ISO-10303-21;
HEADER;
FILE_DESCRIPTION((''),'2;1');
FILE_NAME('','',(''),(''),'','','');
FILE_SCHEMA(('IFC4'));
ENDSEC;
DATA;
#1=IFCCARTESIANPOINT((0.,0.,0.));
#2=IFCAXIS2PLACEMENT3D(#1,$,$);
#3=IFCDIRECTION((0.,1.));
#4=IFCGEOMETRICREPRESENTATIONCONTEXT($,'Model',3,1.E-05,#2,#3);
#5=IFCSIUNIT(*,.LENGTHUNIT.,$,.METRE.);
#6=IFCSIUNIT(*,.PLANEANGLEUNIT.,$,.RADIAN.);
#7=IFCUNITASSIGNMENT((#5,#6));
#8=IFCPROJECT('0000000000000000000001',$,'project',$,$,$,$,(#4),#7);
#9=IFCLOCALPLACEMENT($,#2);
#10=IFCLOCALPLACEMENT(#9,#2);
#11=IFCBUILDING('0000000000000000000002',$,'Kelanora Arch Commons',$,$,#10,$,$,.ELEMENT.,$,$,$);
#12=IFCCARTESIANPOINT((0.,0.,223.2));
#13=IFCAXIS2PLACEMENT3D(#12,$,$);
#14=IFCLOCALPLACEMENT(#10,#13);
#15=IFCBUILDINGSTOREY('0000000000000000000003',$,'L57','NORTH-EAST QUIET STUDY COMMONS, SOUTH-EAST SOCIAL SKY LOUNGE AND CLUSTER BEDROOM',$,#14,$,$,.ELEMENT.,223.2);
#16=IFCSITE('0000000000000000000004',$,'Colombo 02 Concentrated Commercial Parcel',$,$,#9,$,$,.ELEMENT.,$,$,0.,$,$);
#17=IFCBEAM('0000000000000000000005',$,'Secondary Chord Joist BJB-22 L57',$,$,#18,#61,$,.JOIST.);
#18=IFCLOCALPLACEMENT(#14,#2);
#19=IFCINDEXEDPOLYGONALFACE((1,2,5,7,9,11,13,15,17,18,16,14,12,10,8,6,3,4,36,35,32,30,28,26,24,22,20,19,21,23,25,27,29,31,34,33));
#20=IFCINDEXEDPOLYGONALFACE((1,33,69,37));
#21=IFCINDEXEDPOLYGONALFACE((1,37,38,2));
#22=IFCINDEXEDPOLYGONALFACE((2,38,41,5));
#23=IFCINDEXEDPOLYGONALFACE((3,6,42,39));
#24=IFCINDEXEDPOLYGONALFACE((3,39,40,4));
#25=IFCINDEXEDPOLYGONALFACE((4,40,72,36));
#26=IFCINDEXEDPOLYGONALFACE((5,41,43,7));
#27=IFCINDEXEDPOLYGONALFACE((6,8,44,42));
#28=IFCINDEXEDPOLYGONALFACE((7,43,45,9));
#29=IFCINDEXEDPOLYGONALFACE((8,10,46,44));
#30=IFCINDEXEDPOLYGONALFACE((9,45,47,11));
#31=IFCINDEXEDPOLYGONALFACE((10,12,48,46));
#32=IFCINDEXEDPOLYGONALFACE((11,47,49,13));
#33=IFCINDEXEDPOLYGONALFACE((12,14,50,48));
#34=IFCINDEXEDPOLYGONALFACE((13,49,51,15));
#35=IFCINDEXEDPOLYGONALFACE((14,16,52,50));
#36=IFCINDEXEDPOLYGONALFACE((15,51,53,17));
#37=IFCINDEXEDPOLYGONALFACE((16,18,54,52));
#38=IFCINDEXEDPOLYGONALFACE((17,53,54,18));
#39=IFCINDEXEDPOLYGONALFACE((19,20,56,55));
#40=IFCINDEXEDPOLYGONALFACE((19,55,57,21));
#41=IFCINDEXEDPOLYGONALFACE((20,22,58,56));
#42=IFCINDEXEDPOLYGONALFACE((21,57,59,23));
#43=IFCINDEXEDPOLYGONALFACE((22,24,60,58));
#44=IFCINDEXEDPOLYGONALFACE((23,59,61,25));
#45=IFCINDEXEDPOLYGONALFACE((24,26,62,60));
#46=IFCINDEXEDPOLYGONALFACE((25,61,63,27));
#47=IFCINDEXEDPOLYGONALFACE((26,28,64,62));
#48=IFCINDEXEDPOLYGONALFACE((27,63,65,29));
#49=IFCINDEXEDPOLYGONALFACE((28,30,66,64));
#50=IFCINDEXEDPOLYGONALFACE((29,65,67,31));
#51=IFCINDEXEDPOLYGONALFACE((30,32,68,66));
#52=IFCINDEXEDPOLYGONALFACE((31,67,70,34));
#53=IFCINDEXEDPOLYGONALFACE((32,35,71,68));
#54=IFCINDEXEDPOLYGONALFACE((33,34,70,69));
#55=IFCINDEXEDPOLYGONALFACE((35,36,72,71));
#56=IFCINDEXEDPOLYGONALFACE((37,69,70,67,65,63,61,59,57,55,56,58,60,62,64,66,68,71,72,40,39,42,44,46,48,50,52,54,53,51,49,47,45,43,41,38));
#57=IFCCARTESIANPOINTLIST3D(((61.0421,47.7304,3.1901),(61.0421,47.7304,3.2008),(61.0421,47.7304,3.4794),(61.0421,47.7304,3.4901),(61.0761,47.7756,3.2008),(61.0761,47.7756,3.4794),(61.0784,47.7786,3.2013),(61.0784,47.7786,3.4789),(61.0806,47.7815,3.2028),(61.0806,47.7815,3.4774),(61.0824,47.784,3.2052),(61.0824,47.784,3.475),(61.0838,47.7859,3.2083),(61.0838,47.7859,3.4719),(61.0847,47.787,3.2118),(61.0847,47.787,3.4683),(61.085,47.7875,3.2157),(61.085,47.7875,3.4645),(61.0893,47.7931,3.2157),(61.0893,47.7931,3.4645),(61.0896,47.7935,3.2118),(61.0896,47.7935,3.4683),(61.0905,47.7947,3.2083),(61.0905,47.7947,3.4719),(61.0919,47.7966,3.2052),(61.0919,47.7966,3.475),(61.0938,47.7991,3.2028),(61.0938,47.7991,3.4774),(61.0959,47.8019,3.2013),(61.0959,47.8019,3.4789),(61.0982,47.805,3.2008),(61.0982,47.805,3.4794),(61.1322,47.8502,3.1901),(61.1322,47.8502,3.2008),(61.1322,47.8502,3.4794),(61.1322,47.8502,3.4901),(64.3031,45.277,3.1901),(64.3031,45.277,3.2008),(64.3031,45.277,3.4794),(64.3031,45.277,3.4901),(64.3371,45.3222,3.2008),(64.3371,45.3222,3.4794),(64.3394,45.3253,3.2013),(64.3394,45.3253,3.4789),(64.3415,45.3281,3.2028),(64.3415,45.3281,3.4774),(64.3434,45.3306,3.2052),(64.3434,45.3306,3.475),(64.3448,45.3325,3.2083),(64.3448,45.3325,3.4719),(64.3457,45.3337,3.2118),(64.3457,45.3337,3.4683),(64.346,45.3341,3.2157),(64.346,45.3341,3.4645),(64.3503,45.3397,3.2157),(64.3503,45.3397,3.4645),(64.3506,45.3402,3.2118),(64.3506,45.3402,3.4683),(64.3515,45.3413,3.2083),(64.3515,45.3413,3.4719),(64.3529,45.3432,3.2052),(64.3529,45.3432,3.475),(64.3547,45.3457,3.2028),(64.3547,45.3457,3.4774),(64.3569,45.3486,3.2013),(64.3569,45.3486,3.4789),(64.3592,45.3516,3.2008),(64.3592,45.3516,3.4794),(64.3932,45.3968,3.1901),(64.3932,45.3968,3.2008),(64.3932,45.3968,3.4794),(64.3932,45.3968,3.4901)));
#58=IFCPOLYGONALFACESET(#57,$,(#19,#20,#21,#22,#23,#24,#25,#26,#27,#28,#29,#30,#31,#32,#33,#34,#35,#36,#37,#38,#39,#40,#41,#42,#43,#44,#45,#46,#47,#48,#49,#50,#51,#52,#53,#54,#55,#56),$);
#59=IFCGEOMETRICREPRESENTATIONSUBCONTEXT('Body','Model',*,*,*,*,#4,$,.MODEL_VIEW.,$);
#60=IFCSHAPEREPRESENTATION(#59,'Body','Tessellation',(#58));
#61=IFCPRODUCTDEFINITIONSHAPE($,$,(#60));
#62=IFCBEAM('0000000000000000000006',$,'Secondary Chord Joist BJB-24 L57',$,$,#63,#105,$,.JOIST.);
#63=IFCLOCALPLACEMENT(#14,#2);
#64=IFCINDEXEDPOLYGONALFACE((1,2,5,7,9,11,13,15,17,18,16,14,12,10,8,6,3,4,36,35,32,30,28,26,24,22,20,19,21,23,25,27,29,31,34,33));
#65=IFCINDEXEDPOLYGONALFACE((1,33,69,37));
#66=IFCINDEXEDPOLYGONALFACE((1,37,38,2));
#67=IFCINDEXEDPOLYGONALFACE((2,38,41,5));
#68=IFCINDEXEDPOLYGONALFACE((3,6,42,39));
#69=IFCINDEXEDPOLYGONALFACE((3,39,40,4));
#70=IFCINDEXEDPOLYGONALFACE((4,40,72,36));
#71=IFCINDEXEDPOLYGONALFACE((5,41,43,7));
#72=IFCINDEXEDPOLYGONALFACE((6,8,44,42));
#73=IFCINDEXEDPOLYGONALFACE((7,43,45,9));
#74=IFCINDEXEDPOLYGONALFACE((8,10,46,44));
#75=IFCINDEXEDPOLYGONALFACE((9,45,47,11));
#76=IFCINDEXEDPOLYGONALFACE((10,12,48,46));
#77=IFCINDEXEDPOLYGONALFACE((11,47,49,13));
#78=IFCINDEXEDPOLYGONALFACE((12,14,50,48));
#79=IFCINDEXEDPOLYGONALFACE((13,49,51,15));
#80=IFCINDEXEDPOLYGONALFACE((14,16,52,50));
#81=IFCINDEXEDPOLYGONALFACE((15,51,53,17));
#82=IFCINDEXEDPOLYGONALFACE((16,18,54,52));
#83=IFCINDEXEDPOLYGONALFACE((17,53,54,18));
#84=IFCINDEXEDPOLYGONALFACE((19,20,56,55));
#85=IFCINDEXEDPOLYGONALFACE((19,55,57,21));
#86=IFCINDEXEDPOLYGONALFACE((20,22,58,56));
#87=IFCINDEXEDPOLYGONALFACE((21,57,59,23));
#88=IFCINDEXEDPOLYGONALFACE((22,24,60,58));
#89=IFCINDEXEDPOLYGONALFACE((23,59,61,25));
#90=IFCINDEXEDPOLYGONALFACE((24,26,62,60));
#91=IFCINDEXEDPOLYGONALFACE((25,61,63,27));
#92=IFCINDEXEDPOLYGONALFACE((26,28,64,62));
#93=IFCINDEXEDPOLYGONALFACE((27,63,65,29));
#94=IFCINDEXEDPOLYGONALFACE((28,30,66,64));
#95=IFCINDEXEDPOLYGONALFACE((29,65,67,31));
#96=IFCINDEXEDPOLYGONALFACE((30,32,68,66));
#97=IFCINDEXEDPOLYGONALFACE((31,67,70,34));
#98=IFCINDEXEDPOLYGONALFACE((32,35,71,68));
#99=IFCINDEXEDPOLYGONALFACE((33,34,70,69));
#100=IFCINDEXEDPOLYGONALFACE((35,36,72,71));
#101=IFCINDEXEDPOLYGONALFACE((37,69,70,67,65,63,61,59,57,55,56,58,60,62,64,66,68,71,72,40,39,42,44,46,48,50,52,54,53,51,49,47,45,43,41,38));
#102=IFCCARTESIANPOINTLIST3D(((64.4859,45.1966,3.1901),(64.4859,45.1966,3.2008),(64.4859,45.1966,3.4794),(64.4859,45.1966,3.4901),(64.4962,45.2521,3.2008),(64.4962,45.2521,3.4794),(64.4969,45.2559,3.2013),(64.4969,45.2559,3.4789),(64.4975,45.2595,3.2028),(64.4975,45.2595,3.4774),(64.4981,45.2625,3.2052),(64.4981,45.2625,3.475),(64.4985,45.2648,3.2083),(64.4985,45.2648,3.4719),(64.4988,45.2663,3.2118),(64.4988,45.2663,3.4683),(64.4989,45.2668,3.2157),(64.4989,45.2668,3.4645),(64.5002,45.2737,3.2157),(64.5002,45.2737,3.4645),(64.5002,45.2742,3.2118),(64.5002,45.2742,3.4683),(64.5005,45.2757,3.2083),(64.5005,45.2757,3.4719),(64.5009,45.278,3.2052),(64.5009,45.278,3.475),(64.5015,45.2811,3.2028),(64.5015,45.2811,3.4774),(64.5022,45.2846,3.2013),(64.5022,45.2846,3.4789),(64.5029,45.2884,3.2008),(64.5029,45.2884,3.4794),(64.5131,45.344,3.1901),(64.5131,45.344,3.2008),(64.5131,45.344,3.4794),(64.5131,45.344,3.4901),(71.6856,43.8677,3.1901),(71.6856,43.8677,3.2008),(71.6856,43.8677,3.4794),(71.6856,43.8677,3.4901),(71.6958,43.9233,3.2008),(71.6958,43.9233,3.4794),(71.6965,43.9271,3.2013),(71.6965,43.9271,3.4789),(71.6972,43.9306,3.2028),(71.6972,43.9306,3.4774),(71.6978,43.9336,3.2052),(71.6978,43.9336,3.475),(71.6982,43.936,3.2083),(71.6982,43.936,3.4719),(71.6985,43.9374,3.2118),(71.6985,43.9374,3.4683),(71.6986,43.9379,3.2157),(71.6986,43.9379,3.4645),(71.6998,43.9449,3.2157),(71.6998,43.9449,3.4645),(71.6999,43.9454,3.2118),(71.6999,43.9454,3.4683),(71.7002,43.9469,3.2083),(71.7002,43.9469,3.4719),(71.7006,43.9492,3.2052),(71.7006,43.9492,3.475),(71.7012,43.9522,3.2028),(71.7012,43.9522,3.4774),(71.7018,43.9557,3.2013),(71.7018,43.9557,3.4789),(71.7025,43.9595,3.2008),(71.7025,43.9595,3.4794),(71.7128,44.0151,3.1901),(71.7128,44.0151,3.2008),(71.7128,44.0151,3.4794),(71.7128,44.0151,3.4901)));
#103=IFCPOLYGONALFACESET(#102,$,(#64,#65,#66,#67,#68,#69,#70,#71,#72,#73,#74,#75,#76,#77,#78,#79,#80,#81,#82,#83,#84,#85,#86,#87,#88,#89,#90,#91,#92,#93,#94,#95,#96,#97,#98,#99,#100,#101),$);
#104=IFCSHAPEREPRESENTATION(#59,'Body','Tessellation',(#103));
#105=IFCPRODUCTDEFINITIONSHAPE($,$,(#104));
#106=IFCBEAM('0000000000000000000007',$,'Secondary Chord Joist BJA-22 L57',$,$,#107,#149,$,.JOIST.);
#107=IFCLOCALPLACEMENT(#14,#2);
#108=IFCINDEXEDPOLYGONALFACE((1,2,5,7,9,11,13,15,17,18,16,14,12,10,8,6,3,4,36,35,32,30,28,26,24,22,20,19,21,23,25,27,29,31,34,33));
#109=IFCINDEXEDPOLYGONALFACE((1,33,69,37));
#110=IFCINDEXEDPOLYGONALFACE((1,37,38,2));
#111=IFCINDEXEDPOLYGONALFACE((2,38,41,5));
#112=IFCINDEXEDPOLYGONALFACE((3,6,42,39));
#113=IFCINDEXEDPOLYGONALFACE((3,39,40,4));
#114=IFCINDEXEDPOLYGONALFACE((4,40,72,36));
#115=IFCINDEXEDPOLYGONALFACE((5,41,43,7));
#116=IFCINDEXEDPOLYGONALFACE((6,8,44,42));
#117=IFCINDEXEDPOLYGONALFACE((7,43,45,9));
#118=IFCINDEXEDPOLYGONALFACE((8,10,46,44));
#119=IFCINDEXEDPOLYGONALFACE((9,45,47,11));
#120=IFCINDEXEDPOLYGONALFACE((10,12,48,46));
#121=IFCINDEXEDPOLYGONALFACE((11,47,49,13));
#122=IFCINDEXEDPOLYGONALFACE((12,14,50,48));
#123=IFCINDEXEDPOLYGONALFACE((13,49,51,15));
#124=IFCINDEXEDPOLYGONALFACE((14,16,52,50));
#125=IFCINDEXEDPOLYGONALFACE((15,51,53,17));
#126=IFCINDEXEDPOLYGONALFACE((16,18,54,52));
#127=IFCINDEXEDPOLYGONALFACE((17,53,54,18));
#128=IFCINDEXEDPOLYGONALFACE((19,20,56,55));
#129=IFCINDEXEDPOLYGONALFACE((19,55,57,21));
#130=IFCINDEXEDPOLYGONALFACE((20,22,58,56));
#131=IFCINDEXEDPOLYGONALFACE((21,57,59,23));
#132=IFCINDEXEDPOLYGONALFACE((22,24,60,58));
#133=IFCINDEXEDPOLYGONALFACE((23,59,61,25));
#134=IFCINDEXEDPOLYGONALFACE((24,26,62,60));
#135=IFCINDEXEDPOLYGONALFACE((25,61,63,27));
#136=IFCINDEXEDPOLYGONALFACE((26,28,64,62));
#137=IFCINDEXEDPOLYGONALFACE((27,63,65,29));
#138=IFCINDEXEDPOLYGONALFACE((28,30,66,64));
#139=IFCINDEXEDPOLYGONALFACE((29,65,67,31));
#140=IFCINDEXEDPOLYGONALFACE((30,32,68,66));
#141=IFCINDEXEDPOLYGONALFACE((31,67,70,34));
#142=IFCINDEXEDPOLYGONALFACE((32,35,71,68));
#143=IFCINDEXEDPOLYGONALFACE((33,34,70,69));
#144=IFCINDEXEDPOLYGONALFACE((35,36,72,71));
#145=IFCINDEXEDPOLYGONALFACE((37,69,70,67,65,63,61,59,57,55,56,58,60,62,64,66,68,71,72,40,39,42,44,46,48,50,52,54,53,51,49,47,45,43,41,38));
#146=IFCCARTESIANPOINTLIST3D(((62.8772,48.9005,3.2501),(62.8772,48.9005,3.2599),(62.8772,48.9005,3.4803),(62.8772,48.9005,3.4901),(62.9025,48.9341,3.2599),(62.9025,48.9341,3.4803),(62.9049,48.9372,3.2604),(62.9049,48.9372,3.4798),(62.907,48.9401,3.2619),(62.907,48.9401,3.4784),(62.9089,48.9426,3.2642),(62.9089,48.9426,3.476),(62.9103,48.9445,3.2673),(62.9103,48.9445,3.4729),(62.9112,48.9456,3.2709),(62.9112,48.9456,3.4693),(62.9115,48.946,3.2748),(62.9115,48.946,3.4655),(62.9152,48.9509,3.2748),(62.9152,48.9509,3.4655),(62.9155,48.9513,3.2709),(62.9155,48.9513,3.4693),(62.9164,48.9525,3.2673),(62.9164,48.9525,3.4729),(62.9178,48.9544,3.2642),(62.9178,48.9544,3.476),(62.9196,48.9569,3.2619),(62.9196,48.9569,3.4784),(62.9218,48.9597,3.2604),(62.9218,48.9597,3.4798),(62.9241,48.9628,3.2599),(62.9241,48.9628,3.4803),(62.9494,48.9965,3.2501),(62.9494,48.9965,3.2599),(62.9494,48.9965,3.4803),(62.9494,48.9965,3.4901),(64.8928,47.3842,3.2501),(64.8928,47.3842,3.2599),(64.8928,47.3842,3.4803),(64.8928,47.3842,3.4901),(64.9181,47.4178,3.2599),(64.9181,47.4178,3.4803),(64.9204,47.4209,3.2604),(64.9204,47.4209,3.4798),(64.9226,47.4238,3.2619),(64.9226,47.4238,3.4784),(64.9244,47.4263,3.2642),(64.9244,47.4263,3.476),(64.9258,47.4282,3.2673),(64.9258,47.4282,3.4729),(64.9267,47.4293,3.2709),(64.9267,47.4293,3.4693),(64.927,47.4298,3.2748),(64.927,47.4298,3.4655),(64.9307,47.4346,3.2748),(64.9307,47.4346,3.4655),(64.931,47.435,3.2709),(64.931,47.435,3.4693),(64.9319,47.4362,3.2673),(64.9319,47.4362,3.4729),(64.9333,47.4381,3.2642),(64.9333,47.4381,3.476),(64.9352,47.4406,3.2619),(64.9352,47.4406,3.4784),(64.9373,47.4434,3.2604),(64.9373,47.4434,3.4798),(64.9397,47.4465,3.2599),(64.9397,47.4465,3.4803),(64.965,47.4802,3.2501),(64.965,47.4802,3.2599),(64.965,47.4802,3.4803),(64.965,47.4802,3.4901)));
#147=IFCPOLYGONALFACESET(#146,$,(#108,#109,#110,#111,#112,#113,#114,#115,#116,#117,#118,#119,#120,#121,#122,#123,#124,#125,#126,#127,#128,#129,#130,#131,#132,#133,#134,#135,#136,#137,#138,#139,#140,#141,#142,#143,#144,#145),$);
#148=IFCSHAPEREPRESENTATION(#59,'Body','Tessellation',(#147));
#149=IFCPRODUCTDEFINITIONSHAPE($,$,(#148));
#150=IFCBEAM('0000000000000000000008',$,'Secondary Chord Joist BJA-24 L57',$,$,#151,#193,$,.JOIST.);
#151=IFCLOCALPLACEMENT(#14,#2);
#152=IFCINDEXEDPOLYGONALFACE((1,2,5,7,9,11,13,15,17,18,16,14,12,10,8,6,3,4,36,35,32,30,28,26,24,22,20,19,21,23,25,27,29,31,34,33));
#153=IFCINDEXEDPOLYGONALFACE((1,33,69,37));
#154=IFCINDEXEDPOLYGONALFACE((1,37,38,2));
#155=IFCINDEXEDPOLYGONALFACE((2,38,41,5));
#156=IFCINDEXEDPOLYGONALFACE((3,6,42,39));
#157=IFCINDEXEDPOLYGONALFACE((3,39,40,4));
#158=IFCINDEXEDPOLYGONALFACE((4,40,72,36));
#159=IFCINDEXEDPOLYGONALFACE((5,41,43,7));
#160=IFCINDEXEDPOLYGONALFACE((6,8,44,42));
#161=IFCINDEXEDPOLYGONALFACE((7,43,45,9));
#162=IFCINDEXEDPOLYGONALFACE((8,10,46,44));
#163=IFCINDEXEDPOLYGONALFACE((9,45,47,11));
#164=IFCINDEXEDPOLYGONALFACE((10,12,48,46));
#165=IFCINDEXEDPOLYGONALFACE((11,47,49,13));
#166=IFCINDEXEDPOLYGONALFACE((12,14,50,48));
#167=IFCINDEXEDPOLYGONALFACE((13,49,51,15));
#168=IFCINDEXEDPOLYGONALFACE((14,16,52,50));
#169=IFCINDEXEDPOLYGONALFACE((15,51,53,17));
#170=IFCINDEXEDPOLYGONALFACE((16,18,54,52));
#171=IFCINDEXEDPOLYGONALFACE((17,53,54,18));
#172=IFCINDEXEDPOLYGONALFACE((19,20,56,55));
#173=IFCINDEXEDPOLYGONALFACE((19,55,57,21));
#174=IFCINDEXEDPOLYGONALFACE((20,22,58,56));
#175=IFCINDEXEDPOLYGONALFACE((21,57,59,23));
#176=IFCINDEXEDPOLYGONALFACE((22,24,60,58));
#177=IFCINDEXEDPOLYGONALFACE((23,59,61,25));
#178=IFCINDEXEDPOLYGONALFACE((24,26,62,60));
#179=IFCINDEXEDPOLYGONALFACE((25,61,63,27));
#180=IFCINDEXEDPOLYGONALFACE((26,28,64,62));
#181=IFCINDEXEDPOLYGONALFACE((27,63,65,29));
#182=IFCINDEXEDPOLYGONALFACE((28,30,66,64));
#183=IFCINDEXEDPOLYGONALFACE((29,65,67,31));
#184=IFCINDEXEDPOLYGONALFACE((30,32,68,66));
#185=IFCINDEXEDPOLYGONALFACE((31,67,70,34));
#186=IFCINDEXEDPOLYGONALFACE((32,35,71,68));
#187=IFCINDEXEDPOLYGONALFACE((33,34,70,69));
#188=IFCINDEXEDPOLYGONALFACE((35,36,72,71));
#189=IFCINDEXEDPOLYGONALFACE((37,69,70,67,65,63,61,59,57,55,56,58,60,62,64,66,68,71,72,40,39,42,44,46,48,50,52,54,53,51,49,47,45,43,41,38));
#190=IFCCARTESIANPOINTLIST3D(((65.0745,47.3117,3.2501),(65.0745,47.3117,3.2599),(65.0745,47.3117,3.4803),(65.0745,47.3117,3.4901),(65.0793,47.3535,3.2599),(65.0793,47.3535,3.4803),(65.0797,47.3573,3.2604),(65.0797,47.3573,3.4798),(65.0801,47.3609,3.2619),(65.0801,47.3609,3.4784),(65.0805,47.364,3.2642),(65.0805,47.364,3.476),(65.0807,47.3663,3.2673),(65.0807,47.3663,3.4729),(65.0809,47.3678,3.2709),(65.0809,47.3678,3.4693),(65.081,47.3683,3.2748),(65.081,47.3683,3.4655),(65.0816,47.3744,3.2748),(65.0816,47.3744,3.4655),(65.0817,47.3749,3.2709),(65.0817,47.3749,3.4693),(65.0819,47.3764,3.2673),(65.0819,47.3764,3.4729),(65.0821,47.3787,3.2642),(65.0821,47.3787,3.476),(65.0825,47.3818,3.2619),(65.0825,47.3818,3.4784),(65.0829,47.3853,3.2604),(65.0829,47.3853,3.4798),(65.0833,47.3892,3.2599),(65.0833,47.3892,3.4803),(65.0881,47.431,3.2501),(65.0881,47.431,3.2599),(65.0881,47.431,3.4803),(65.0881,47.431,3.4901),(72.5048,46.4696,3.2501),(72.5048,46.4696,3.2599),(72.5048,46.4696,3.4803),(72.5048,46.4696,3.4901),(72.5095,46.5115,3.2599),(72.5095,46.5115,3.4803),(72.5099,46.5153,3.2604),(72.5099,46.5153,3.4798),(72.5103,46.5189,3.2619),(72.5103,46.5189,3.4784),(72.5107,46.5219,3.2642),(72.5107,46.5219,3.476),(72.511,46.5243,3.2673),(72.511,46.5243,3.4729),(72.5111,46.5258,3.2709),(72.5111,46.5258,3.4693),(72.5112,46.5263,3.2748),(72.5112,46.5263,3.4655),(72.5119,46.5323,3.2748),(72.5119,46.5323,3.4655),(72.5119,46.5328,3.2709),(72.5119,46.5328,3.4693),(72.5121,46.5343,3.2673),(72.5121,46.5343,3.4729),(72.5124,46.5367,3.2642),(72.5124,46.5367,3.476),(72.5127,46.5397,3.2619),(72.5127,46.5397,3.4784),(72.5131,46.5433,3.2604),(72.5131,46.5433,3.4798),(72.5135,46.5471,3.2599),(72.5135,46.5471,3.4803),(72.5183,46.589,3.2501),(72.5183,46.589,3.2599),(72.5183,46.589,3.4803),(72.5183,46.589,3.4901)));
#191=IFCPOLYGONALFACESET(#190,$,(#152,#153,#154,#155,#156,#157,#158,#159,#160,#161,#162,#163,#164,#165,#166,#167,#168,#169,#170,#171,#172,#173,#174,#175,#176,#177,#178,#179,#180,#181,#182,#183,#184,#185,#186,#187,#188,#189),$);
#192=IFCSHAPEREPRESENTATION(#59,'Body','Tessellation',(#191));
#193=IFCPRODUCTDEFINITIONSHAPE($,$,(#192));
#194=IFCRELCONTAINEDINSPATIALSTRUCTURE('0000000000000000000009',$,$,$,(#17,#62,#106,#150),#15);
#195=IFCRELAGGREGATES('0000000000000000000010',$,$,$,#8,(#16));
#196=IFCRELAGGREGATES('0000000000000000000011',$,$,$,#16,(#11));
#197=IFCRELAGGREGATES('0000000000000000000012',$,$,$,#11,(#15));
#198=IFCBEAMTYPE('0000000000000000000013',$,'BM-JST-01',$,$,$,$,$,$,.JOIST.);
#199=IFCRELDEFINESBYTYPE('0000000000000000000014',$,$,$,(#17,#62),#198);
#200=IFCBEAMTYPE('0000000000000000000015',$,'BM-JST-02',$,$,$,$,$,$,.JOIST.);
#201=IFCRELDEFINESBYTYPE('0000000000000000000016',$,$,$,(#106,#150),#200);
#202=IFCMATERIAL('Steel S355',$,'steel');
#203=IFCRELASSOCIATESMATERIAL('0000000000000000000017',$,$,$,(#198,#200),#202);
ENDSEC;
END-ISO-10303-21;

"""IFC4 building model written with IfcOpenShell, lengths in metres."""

from ifc_helpers import new_model, si_unit, direction, frame, origin, origin_2d, place, context, subcontext, project, spatial, i_section, extrude, material, material_profile, profile_set, type_object, element, save


model = new_model("IFC4")

# Units and contexts
model_context = context("Model", 3, precision=1e-05, world=origin(), true_north=direction((0.0, 1.0)))
body_context = subcontext(model_context, "Body", "Model", "MODEL_VIEW")
ifc_project = project(units=[si_unit("LENGTHUNIT", "METRE"), si_unit("PLANEANGLEUNIT", "RADIAN")], contexts=[model_context])

# Site, building, storey
site_placement = place(None, origin())
site = spatial("IfcSite", under=ifc_project, at=site_placement, Name="Colombo 02 Concentrated Commercial Parcel", CompositionType="ELEMENT", RefElevation=0.0)
building_placement = place(site_placement, origin())
building = spatial("IfcBuilding", under=site, at=building_placement, Name="Kelanora Arch Commons", CompositionType="ELEMENT")
storey_placement = place(building_placement, frame((0.0, 0.0, 223.2)))
storey = spatial("IfcBuildingStorey", under=building, at=storey_placement, Name="L57", Description="NORTH-EAST QUIET STUDY COMMONS, SOUTH-EAST SOCIAL SKY LOUNGE AND CLUSTER BEDROOM", CompositionType="ELEMENT", Elevation=223.2)

# Beams
ifc_material_1 = material(Name="Steel S355", Category="steel")
ifc_material_profile_1 = material_profile(ifc_material_1, i_section(OverallWidth=0.1499, OverallDepth=0.3, WebThickness=0.0071, FlangeThickness=0.0107, FilletRadius=0.0149, at=origin_2d()), Name="IPE300")
ifc_profile_set_1 = profile_set([ifc_material_profile_1], Name="Steel S355")
beam_type_1 = type_object("IfcBeamType", Name="BM-JST-01", PredefinedType="JOIST", material=ifc_profile_set_1)
beam_1_placement = place(storey_placement, frame((61.0872, 47.7903, 3.3401), z_axis=(0.799102, -0.601196, 0.0), x_axis=(0.601196, 0.799102, 0.0)))
element("IfcBeam", 1, at=beam_1_placement, inside=storey, type_object=beam_type_1, Name="Secondary Chord Joist BJB-22 L57", PredefinedType="JOIST", context=body_context, shape_type="SweptSolid", body=[
    extrude(i_section(OverallWidth=0.1499, OverallDepth=0.3, WebThickness=0.0071, FlangeThickness=0.0107, FilletRadius=0.0149, at=origin_2d()), origin(), (0.0, 0.0, 1.0), 4.0808),
])
beam_2_placement = place(storey_placement, frame((64.4995, 45.2703, 3.3401), z_axis=(0.98339, -0.181505, 0.0), x_axis=(0.181505, 0.98339, 0.0)))
element("IfcBeam", 2, at=beam_2_placement, inside=storey, type_object=beam_type_1, Name="Secondary Chord Joist BJB-24 L57", PredefinedType="JOIST", context=body_context, shape_type="SweptSolid", body=[
    extrude(i_section(OverallWidth=0.1499, OverallDepth=0.3, WebThickness=0.0071, FlangeThickness=0.0107, FilletRadius=0.0149, at=origin_2d()), origin(), (0.0, 0.0, 1.0), 7.3213),
])
ifc_material_profile_2 = material_profile(ifc_material_1, i_section(OverallWidth=0.1201, OverallDepth=0.24, WebThickness=0.0061, FlangeThickness=0.0098, FilletRadius=0.0149, at=origin_2d()), Name="IPE240")
ifc_profile_set_2 = profile_set([ifc_material_profile_2], Name="Steel S355")
beam_type_2 = type_object("IfcBeamType", Name="BM-JST-02", PredefinedType="JOIST", material=ifc_profile_set_2)
beam_3_placement = place(storey_placement, frame((62.9133, 48.9485, 3.3701), z_axis=(0.799116, -0.601176, 0.0), x_axis=(0.601176, 0.799116, 0.0)))
element("IfcBeam", 3, at=beam_3_placement, inside=storey, type_object=beam_type_2, Name="Secondary Chord Joist BJA-22 L57", PredefinedType="JOIST", context=body_context, shape_type="SweptSolid", body=[
    extrude(i_section(OverallWidth=0.1201, OverallDepth=0.24, WebThickness=0.0061, FlangeThickness=0.0098, FilletRadius=0.0149, at=origin_2d()), origin(), (0.0, 0.0, 1.0), 2.5222),
])
beam_4_placement = place(storey_placement, frame((65.0813, 47.3713, 3.3701), z_axis=(0.99364, -0.112606, 0.0), x_axis=(0.112606, 0.99364, 0.0)))
element("IfcBeam", 4, at=beam_4_placement, inside=storey, type_object=beam_type_2, Name="Secondary Chord Joist BJA-24 L57", PredefinedType="JOIST", context=body_context, shape_type="SweptSolid", body=[
    extrude(i_section(OverallWidth=0.1201, OverallDepth=0.24, WebThickness=0.0061, FlangeThickness=0.0098, FilletRadius=0.0149, at=origin_2d()), origin(), (0.0, 0.0, 1.0), 7.4778),
])

save(model, "model.ifc")
